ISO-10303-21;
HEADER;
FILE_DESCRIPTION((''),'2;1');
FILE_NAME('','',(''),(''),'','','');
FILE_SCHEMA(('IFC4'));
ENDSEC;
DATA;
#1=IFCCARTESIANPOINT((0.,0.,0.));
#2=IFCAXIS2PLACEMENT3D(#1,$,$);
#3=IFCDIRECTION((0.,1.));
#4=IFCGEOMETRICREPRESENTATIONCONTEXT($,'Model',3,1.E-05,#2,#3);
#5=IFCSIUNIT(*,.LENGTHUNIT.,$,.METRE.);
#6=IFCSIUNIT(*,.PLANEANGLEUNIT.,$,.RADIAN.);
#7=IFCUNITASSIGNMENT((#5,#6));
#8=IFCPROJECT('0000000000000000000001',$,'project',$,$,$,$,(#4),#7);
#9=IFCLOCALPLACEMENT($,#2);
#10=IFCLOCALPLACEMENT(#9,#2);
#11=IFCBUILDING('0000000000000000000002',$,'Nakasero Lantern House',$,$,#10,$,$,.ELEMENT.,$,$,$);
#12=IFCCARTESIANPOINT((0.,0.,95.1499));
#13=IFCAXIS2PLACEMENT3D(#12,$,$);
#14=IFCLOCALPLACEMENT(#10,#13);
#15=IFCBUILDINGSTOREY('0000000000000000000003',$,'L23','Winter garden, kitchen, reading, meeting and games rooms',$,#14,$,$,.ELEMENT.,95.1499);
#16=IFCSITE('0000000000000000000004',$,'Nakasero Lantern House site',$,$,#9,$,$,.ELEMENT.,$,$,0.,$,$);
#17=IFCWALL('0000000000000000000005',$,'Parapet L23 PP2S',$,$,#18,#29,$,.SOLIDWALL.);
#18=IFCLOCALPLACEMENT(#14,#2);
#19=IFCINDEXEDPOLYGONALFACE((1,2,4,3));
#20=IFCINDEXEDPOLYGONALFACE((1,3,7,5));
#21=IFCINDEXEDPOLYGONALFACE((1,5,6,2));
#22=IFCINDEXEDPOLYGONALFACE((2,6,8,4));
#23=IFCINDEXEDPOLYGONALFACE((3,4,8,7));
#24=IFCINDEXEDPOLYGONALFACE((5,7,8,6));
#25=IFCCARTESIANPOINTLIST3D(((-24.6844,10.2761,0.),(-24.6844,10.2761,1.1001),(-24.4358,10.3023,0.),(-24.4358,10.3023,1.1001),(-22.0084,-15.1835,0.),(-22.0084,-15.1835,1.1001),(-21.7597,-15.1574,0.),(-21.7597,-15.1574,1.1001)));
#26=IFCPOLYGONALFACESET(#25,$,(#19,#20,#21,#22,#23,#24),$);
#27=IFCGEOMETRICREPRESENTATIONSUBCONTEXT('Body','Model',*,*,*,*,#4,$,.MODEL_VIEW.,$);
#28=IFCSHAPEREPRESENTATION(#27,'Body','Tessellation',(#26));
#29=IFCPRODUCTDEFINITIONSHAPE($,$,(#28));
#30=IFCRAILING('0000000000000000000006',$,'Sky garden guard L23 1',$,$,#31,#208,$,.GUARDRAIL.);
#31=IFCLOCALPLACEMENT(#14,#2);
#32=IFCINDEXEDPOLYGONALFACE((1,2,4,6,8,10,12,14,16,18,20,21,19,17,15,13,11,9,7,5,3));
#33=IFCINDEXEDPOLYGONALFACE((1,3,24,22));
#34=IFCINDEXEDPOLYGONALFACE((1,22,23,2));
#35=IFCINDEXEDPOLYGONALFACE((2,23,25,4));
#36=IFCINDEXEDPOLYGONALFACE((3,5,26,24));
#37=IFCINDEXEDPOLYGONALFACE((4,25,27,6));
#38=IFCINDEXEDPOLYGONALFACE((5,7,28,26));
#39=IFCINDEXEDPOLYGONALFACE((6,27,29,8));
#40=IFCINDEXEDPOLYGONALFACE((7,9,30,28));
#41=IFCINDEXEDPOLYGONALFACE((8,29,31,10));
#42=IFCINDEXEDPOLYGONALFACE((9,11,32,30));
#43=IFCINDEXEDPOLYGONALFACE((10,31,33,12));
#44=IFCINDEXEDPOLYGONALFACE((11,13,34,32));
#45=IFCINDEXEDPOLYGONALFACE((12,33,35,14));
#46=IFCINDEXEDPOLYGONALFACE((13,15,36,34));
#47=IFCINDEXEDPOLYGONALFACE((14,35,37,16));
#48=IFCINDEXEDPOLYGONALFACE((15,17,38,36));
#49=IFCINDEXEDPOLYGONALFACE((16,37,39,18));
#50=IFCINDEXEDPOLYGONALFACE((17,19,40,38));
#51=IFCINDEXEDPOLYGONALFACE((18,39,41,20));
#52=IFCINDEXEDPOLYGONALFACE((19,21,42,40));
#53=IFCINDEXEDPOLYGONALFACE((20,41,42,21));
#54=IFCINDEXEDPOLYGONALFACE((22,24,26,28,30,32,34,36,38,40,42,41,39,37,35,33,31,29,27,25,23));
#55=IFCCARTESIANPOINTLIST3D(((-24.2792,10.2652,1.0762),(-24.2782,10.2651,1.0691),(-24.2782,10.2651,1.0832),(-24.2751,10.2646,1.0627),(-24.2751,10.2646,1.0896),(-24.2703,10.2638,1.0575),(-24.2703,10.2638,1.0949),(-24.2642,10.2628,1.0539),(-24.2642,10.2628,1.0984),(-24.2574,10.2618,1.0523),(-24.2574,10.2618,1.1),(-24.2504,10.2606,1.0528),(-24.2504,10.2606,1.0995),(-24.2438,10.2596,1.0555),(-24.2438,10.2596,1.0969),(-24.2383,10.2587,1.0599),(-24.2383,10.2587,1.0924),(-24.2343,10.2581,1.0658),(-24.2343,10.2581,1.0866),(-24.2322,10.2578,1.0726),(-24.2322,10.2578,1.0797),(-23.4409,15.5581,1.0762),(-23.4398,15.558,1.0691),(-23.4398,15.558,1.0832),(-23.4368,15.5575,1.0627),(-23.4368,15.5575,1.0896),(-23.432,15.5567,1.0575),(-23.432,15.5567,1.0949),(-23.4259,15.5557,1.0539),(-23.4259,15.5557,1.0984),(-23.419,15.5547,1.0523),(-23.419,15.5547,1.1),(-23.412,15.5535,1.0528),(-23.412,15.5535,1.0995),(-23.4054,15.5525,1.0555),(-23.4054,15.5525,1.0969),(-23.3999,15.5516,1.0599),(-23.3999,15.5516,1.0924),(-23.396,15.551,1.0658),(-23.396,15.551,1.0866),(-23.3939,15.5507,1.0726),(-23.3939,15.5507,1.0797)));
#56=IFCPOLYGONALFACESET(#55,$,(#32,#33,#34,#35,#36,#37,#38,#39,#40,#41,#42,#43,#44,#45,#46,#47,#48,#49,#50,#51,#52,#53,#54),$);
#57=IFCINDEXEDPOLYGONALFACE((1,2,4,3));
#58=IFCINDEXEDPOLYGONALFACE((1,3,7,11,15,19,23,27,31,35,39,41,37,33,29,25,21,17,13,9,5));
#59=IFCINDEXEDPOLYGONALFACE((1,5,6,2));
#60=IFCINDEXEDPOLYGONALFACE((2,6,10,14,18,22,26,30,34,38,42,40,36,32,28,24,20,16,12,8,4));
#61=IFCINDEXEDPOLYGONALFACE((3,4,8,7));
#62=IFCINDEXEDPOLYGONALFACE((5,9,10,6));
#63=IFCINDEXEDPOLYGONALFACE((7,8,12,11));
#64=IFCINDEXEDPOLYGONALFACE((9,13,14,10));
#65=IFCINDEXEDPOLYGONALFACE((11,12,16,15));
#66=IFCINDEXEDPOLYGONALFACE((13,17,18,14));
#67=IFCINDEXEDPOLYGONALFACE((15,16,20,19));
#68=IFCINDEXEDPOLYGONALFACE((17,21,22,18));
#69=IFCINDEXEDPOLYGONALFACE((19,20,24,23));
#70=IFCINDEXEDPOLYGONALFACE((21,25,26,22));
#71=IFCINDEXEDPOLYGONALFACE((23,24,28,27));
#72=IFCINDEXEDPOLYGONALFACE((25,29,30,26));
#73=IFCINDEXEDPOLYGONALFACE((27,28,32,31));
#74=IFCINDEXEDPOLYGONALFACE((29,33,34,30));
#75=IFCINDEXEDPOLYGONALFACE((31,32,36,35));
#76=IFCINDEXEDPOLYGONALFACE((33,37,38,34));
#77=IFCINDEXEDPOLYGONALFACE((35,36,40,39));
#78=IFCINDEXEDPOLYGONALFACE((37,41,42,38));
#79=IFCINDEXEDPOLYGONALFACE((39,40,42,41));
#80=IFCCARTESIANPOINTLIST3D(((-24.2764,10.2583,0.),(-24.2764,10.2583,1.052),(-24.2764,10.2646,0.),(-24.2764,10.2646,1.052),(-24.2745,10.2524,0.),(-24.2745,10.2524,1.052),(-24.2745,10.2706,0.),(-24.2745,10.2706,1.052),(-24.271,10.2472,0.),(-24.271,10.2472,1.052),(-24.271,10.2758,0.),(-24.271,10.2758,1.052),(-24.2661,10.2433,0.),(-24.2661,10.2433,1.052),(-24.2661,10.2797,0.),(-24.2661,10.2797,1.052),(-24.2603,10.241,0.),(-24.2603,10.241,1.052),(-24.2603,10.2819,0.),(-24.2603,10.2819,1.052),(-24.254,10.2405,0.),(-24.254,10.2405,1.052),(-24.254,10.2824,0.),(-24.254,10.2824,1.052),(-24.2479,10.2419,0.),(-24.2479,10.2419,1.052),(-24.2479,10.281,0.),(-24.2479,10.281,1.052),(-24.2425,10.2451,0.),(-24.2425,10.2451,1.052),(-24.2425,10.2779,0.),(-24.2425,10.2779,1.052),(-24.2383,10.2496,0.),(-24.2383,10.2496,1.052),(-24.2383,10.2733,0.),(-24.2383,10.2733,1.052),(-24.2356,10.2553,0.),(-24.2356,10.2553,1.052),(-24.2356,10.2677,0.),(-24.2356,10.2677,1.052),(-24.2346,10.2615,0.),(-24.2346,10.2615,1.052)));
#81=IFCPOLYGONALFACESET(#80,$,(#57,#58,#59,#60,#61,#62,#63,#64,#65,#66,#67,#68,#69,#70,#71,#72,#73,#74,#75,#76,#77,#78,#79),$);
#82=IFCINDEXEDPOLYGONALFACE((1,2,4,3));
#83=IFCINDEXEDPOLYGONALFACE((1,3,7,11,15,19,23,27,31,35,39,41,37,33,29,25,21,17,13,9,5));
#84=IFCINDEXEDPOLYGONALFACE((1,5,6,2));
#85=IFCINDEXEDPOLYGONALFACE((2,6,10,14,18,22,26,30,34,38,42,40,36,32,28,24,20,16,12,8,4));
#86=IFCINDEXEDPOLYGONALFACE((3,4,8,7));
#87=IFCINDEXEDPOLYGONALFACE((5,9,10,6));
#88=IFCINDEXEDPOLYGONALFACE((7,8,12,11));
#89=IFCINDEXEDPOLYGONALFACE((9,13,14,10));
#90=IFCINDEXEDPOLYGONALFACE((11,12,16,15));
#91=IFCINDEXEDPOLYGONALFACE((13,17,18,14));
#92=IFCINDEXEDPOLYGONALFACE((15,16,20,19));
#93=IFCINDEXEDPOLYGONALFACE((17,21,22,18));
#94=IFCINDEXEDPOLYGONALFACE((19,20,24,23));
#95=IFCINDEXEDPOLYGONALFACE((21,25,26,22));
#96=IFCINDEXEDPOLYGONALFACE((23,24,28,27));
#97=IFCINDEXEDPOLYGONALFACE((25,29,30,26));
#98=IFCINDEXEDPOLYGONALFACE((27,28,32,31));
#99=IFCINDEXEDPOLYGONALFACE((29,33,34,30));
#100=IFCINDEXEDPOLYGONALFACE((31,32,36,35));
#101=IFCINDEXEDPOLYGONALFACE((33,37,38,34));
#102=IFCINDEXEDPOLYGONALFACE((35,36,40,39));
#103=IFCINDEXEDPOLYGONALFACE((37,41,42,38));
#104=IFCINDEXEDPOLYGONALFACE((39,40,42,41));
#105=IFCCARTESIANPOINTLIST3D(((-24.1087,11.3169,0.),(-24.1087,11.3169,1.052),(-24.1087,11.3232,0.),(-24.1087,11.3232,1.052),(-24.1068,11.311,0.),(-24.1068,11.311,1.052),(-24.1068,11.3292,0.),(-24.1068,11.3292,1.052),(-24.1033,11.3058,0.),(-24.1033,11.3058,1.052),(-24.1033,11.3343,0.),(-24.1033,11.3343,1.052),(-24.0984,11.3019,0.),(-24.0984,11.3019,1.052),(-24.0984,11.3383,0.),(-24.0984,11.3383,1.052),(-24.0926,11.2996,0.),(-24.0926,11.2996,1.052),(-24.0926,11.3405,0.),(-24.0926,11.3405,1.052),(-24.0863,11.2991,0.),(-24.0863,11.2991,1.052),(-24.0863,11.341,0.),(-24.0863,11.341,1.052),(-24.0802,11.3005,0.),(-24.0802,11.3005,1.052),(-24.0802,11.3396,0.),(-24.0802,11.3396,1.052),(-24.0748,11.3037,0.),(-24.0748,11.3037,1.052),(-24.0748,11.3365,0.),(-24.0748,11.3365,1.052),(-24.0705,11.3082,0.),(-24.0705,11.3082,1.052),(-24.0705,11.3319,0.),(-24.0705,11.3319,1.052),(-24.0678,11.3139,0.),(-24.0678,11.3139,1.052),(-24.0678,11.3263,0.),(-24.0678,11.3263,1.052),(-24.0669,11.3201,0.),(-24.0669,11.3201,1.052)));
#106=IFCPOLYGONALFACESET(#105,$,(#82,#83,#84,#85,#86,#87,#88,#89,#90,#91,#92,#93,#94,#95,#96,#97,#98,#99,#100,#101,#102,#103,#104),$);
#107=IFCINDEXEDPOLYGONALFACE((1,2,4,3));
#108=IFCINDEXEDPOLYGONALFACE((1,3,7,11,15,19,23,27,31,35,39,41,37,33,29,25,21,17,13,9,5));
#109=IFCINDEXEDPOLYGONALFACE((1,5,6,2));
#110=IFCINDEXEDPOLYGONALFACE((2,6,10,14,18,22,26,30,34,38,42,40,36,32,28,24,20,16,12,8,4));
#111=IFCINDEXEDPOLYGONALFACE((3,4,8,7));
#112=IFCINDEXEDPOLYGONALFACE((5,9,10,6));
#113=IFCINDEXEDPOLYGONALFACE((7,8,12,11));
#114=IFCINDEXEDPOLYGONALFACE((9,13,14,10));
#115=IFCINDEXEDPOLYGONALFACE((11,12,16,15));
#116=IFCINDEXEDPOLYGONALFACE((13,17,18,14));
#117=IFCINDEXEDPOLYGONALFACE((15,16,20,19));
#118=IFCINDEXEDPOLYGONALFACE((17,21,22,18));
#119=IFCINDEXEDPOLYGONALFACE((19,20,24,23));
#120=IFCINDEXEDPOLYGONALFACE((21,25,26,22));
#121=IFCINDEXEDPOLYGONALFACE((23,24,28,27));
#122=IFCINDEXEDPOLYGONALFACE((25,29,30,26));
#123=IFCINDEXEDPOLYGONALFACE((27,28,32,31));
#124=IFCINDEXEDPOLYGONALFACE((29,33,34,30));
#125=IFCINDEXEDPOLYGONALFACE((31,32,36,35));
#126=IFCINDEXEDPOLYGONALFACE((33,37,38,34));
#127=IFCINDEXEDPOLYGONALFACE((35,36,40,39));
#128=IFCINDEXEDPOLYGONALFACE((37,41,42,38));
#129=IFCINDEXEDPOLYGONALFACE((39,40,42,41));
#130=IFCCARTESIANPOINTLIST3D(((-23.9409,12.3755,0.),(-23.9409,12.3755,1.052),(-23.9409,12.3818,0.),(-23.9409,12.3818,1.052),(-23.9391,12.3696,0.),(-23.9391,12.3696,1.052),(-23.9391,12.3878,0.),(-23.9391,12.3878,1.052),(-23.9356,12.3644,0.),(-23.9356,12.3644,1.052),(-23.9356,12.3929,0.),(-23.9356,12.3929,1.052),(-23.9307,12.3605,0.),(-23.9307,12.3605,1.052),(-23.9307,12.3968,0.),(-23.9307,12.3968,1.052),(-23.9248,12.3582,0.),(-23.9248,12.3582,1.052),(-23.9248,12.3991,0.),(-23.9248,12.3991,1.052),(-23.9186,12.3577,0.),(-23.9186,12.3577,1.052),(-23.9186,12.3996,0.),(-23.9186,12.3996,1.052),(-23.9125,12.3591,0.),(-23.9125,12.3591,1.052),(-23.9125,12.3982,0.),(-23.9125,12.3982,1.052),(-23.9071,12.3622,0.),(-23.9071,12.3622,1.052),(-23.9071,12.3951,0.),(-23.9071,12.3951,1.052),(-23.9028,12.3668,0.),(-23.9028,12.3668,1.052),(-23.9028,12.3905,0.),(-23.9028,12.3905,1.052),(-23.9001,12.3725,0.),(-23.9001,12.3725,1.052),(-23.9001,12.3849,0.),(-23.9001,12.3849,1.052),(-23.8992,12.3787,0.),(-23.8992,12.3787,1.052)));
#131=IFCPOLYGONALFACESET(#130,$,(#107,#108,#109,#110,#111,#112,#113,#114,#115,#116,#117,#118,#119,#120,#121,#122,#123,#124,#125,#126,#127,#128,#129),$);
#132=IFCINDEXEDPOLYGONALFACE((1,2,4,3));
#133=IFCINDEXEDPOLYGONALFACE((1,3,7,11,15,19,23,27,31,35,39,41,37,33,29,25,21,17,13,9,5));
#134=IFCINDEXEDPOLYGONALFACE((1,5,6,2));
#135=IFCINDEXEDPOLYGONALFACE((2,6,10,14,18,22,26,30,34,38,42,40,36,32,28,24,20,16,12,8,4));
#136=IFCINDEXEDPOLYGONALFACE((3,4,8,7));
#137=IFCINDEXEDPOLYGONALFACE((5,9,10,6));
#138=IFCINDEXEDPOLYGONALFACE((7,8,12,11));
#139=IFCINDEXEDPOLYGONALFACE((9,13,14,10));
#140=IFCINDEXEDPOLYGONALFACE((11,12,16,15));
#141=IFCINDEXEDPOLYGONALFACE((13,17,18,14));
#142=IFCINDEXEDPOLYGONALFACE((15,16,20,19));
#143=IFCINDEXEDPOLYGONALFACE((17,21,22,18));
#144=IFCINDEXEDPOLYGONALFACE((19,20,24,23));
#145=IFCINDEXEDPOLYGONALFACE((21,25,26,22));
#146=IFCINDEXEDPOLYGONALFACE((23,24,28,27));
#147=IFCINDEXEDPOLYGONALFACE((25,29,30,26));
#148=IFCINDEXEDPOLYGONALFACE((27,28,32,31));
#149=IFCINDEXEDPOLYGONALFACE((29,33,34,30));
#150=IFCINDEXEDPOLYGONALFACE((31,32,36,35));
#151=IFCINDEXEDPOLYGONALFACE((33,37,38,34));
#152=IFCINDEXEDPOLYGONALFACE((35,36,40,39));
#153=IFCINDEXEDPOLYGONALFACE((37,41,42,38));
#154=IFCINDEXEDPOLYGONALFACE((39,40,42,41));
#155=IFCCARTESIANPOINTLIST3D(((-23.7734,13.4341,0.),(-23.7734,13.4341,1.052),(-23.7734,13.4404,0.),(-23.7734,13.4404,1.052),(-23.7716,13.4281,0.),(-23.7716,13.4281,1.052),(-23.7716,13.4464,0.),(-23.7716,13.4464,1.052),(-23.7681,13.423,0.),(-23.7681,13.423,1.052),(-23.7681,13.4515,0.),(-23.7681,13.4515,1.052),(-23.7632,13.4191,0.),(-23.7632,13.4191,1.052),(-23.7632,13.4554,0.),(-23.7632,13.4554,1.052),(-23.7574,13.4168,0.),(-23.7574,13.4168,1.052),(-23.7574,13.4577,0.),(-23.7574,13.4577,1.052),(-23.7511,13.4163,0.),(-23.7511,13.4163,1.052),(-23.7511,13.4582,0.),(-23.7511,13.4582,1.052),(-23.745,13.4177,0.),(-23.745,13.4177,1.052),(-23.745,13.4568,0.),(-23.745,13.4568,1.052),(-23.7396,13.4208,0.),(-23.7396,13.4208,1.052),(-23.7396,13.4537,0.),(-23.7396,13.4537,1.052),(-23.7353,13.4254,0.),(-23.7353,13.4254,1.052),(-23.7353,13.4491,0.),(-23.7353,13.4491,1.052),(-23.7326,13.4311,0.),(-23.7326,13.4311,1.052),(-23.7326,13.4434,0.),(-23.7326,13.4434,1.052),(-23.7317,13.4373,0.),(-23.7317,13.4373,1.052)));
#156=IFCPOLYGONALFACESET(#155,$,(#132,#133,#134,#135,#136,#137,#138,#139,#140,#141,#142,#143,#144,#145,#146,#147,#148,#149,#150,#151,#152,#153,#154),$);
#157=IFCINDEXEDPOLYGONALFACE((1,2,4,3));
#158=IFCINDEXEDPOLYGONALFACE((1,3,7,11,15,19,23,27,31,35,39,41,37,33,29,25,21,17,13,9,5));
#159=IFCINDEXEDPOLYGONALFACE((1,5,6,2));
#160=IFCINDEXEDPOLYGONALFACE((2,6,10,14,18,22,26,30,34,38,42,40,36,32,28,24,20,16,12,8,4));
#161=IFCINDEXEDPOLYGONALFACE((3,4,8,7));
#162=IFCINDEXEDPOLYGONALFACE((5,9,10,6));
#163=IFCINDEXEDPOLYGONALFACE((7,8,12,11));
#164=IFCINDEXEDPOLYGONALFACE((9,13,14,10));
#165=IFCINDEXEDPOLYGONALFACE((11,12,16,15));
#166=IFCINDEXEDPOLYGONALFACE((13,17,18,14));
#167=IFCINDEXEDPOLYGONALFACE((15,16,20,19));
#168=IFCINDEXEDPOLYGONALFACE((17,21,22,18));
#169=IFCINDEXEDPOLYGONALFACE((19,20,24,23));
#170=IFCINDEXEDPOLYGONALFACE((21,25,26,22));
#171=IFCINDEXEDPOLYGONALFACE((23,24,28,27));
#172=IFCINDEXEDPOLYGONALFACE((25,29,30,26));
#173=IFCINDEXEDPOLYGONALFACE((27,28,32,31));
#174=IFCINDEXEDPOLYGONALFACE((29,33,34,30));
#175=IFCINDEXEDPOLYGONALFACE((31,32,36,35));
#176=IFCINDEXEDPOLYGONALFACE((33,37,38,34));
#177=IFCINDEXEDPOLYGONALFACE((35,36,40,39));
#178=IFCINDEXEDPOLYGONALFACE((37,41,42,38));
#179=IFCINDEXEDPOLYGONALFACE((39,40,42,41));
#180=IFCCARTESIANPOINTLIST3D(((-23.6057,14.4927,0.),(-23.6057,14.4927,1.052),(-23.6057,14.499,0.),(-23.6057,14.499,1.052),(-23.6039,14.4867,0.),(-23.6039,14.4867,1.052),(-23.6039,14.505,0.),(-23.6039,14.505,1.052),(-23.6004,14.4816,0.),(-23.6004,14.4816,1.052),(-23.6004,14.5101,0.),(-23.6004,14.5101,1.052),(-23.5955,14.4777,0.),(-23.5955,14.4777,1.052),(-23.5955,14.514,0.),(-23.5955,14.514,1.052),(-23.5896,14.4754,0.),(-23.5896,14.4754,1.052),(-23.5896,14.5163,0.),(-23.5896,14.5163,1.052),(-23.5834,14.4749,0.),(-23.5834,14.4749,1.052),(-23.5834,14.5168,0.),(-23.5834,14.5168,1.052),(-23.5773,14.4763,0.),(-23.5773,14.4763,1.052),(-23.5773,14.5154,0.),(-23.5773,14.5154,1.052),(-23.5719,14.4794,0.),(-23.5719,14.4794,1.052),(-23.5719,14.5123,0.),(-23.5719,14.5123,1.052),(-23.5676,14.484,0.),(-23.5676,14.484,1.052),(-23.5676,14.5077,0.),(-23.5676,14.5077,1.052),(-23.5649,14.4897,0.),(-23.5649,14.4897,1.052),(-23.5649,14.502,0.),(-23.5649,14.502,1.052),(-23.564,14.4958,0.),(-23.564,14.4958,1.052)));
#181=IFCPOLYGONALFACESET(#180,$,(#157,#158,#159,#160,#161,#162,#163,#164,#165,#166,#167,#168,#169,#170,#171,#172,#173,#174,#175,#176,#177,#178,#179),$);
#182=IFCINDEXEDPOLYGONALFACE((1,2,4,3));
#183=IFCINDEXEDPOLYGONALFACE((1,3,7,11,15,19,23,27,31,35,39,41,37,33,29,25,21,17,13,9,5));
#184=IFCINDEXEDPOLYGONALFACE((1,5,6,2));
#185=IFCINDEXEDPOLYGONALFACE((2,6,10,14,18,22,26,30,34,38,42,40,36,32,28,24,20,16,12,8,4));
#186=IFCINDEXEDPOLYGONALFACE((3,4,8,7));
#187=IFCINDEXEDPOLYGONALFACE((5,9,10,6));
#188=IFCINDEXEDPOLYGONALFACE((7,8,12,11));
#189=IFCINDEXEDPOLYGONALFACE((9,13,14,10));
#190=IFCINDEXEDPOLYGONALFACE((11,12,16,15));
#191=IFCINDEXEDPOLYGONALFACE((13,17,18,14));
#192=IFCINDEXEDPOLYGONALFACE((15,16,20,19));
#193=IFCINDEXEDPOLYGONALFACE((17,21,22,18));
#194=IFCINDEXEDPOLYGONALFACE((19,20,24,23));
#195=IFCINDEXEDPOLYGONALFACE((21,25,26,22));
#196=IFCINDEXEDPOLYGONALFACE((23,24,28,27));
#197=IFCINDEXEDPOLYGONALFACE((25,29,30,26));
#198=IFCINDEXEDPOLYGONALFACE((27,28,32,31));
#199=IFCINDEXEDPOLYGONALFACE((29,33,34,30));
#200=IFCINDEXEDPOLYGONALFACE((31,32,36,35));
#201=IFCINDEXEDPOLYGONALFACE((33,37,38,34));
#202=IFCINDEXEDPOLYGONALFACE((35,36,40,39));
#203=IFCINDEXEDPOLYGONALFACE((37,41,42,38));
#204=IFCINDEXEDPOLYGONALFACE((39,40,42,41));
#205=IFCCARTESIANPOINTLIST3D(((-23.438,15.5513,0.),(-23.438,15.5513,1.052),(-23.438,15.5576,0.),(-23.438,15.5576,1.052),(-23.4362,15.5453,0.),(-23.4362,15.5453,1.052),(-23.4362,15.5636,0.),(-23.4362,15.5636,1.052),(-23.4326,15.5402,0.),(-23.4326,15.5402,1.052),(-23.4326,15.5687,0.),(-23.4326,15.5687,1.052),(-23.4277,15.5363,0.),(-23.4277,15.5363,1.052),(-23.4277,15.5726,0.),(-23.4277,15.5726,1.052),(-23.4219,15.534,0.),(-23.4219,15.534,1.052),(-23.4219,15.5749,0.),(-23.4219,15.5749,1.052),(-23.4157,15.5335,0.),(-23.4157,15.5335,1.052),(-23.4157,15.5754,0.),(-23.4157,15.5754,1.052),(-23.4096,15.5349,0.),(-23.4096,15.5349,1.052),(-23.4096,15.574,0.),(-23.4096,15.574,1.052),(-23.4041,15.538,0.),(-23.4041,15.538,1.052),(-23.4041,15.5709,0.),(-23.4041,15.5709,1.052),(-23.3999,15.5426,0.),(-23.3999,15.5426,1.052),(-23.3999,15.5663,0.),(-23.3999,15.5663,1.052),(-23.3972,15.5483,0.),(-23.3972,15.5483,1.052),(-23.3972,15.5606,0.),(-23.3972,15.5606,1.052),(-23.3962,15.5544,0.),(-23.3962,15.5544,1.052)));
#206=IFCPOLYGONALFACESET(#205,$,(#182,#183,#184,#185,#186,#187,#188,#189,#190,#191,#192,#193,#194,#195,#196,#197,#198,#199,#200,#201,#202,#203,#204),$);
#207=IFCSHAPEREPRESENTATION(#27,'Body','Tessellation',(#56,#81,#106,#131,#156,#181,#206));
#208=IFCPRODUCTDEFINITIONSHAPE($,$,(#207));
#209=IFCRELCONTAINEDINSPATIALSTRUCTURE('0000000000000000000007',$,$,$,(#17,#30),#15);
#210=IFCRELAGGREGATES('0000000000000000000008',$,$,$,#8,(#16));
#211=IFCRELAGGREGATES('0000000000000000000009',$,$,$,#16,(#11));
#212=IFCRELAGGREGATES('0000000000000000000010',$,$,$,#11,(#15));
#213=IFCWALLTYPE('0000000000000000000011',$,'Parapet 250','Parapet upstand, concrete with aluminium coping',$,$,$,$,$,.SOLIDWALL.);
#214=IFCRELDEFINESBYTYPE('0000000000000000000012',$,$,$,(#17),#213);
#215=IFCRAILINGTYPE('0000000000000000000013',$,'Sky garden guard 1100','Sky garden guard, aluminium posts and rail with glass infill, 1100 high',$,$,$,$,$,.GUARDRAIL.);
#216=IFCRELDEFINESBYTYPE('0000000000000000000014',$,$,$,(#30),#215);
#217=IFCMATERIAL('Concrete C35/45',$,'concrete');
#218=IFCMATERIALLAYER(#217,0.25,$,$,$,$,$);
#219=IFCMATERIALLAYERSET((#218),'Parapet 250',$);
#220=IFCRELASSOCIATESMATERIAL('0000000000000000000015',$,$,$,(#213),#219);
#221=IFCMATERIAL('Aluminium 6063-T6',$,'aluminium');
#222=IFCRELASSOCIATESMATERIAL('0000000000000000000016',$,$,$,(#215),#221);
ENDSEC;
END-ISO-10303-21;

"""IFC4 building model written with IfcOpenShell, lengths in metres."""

from ifc_helpers import new_model, si_unit, direction, frame, frame_2d, origin, origin_2d, place, context, subcontext, project, spatial, rectangle, circle, extrude, material, layer, layer_set, type_object, element, save


model = new_model("IFC4")

# Units and contexts
model_context = context("Model", 3, precision=1e-05, world=origin(), true_north=direction((0.0, 1.0)))
body_context = subcontext(model_context, "Body", "Model", "MODEL_VIEW")
ifc_project = project(units=[si_unit("LENGTHUNIT", "METRE"), si_unit("PLANEANGLEUNIT", "RADIAN")], contexts=[model_context])

# Site, building, storey
site_placement = place(None, origin())
site = spatial("IfcSite", under=ifc_project, at=site_placement, Name="Nakasero Lantern House site", CompositionType="ELEMENT", RefElevation=0.0)
building_placement = place(site_placement, origin())
building = spatial("IfcBuilding", under=site, at=building_placement, Name="Nakasero Lantern House", CompositionType="ELEMENT")
storey_placement = place(building_placement, frame((0.0, 0.0, 95.1499)))
storey = spatial("IfcBuildingStorey", under=building, at=storey_placement, Name="L23", Description="Winter garden, kitchen, reading, meeting and games rooms", CompositionType="ELEMENT", Elevation=95.1499)

# Wall
ifc_material_1 = material(Name="Concrete C35/45", Category="concrete")
ifc_layer_1 = layer(ifc_material_1, 0.25)
ifc_layer_set_1 = layer_set([ifc_layer_1], Name="Parapet 250")
wall_type_1 = type_object("IfcWallType", Name="Parapet 250", Description="Parapet upstand, concrete with aluminium coping", PredefinedType="SOLIDWALL", material=ifc_layer_set_1)
wall_1_placement = place(storey_placement, frame((-24.5601, 10.2891, 0.0), z_axis=(0.0, 0.0, 1.0), x_axis=(0.104532, -0.994521, 0.0)))
element("IfcWall", 1, at=wall_1_placement, inside=storey, type_object=wall_type_1, Name="Parapet L23 PP2S", PredefinedType="SOLIDWALL", context=body_context, shape_type="SweptSolid", body=[
    extrude(rectangle(XDim=25.5999, YDim=0.25, at=frame_2d((12.7998, 0.0))), origin(), (0.0, 0.0, 1.0), 1.1001),
])

# Railing
ifc_material_2 = material(Name="Aluminium 6063-T6", Category="aluminium")
railing_type = type_object("IfcRailingType", Name="Sky garden guard 1100", Description="Sky garden guard, aluminium posts and rail with glass infill, 1100 high", PredefinedType="GUARDRAIL", material=ifc_material_2)
railing_placement = place(storey_placement, frame((-24.2556, 10.2615, 0.0)))
element("IfcRailing", 2, at=railing_placement, inside=storey, type_object=railing_type, Name="Sky garden guard L23 1", PredefinedType="GUARDRAIL", context=body_context, shape_type="SweptSolid", body=[
    extrude(circle(Radius=0.0239, at=origin_2d()), frame((0.0, 0.0, 1.0762), z_axis=(0.156444, 0.987687, 0.0), x_axis=(-0.987687, 0.156444, 0.0)), (0.0, 0.0, 1.0), 5.3589),
    extrude(circle(Radius=0.021, at=origin_2d()), origin(), (0.0, 0.0, 1.0), 1.052),
    extrude(circle(Radius=0.021, at=origin_2d()), frame((0.1677, 1.0586, 0.0)), (0.0, 0.0, 1.0), 1.052),
    extrude(circle(Radius=0.021, at=origin_2d()), frame((0.3354, 2.1172, 0.0)), (0.0, 0.0, 1.0), 1.052),
    extrude(circle(Radius=0.021, at=origin_2d()), frame((0.5029, 3.1758, 0.0)), (0.0, 0.0, 1.0), 1.052),
    extrude(circle(Radius=0.021, at=origin_2d()), frame((0.6707, 4.2344, 0.0)), (0.0, 0.0, 1.0), 1.052),
    extrude(circle(Radius=0.021, at=origin_2d()), frame((0.8384, 5.293, 0.0)), (0.0, 0.0, 1.0), 1.052),
])

save(model, "model.ifc")
